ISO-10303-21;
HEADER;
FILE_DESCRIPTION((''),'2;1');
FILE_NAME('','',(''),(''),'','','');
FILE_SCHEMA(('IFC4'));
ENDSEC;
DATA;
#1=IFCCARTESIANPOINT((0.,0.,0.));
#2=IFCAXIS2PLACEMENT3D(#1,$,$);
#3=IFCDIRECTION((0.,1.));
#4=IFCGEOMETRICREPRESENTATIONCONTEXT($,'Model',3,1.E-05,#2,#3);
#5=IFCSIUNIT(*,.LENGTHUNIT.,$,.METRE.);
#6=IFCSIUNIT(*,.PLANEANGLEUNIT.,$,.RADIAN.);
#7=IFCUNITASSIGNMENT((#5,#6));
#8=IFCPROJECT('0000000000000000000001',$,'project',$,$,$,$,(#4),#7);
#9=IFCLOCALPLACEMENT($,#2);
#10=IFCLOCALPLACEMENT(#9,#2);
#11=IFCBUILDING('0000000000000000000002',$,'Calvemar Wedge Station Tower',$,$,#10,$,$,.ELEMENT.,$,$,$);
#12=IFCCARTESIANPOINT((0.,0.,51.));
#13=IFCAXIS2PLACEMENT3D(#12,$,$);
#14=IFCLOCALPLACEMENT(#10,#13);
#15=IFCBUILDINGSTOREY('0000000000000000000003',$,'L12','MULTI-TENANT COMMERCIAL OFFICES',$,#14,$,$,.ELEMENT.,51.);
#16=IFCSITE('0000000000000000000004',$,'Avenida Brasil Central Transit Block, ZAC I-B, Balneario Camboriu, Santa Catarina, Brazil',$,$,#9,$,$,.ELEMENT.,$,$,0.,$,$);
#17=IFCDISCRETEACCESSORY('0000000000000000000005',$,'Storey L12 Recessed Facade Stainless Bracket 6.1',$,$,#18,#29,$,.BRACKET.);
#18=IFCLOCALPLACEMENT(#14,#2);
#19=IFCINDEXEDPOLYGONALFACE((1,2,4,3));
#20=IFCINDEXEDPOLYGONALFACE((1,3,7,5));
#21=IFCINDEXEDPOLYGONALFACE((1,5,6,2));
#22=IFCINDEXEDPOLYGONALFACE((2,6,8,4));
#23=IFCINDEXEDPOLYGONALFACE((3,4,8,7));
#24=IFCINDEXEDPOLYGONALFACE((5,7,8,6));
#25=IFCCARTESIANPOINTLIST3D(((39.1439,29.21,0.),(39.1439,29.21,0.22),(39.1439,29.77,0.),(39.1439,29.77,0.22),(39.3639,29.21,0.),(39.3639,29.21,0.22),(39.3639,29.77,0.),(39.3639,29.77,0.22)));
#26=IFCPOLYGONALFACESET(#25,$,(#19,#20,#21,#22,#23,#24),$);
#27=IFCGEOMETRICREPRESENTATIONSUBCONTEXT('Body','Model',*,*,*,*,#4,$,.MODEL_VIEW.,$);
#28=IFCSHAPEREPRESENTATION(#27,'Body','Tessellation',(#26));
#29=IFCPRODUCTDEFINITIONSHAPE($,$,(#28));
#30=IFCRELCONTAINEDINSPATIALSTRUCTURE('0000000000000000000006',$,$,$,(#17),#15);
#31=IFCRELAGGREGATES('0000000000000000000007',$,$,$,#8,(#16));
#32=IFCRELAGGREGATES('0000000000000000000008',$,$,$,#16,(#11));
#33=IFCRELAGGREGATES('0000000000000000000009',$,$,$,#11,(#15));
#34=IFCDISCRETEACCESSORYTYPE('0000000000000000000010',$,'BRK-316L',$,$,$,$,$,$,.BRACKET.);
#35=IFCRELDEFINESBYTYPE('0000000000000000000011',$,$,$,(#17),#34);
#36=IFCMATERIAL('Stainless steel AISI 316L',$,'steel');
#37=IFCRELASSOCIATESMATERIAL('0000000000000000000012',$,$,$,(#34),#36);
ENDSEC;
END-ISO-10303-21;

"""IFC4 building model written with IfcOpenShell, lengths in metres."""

from ifc_helpers import new_model, si_unit, direction, frame, origin, origin_2d, place, context, subcontext, project, spatial, rectangle, extrude, source, transform, mapped, material, type_object, element, save


model = new_model("IFC4")

# Units and contexts
model_context = context("Model", 3, precision=1e-05, world=origin(), true_north=direction((0.0, 1.0)))
body_context = subcontext(model_context, "Body", "Model", "MODEL_VIEW")
ifc_project = project(units=[si_unit("LENGTHUNIT", "METRE"), si_unit("PLANEANGLEUNIT", "RADIAN")], contexts=[model_context])

# Site, building, storey
site_placement = place(None, origin())
site = spatial("IfcSite", under=ifc_project, at=site_placement, Name="Avenida Brasil Central Transit Block, ZAC I-B, Balneario Camboriu, Santa Catarina, Brazil", CompositionType="ELEMENT", RefElevation=0.0)
building_placement = place(site_placement, origin())
building = spatial("IfcBuilding", under=site, at=building_placement, Name="Calvemar Wedge Station Tower", CompositionType="ELEMENT")
storey_placement = place(building_placement, frame((0.0, 0.0, 51.0)))
storey = spatial("IfcBuildingStorey", under=building, at=storey_placement, Name="L12", Description="MULTI-TENANT COMMERCIAL OFFICES", CompositionType="ELEMENT", Elevation=51.0)

# Discrete accessory
ifc_material_1 = material(Name="Stainless steel AISI 316L", Category="steel")
discrete_accessory_type = type_object("IfcDiscreteAccessoryType", Name="BRK-316L", PredefinedType="BRACKET", material=ifc_material_1)
shared_shape_1 = source(origin(), body_context, "Body", "SweptSolid", [
    extrude(rectangle(XDim=0.22, YDim=0.5601, at=origin_2d()), origin(), (0.0, 0.0, 1.0), 0.22),
])
discrete_accessory_placement = place(storey_placement, frame((39.2539, 29.49, 0.0), z_axis=(0.0, 0.0, 1.0), x_axis=(1.0, 0.0, 0.0)))
element("IfcDiscreteAccessory", 1, at=discrete_accessory_placement, inside=storey, type_object=discrete_accessory_type, Name="Storey L12 Recessed Facade Stainless Bracket 6.1", PredefinedType="BRACKET", context=body_context, shape_type="MappedRepresentation", body=[
    mapped(shared_shape_1, transform((0.0, 0.0, 0.0), scale=1.0)),
])

save(model, "model.ifc")
